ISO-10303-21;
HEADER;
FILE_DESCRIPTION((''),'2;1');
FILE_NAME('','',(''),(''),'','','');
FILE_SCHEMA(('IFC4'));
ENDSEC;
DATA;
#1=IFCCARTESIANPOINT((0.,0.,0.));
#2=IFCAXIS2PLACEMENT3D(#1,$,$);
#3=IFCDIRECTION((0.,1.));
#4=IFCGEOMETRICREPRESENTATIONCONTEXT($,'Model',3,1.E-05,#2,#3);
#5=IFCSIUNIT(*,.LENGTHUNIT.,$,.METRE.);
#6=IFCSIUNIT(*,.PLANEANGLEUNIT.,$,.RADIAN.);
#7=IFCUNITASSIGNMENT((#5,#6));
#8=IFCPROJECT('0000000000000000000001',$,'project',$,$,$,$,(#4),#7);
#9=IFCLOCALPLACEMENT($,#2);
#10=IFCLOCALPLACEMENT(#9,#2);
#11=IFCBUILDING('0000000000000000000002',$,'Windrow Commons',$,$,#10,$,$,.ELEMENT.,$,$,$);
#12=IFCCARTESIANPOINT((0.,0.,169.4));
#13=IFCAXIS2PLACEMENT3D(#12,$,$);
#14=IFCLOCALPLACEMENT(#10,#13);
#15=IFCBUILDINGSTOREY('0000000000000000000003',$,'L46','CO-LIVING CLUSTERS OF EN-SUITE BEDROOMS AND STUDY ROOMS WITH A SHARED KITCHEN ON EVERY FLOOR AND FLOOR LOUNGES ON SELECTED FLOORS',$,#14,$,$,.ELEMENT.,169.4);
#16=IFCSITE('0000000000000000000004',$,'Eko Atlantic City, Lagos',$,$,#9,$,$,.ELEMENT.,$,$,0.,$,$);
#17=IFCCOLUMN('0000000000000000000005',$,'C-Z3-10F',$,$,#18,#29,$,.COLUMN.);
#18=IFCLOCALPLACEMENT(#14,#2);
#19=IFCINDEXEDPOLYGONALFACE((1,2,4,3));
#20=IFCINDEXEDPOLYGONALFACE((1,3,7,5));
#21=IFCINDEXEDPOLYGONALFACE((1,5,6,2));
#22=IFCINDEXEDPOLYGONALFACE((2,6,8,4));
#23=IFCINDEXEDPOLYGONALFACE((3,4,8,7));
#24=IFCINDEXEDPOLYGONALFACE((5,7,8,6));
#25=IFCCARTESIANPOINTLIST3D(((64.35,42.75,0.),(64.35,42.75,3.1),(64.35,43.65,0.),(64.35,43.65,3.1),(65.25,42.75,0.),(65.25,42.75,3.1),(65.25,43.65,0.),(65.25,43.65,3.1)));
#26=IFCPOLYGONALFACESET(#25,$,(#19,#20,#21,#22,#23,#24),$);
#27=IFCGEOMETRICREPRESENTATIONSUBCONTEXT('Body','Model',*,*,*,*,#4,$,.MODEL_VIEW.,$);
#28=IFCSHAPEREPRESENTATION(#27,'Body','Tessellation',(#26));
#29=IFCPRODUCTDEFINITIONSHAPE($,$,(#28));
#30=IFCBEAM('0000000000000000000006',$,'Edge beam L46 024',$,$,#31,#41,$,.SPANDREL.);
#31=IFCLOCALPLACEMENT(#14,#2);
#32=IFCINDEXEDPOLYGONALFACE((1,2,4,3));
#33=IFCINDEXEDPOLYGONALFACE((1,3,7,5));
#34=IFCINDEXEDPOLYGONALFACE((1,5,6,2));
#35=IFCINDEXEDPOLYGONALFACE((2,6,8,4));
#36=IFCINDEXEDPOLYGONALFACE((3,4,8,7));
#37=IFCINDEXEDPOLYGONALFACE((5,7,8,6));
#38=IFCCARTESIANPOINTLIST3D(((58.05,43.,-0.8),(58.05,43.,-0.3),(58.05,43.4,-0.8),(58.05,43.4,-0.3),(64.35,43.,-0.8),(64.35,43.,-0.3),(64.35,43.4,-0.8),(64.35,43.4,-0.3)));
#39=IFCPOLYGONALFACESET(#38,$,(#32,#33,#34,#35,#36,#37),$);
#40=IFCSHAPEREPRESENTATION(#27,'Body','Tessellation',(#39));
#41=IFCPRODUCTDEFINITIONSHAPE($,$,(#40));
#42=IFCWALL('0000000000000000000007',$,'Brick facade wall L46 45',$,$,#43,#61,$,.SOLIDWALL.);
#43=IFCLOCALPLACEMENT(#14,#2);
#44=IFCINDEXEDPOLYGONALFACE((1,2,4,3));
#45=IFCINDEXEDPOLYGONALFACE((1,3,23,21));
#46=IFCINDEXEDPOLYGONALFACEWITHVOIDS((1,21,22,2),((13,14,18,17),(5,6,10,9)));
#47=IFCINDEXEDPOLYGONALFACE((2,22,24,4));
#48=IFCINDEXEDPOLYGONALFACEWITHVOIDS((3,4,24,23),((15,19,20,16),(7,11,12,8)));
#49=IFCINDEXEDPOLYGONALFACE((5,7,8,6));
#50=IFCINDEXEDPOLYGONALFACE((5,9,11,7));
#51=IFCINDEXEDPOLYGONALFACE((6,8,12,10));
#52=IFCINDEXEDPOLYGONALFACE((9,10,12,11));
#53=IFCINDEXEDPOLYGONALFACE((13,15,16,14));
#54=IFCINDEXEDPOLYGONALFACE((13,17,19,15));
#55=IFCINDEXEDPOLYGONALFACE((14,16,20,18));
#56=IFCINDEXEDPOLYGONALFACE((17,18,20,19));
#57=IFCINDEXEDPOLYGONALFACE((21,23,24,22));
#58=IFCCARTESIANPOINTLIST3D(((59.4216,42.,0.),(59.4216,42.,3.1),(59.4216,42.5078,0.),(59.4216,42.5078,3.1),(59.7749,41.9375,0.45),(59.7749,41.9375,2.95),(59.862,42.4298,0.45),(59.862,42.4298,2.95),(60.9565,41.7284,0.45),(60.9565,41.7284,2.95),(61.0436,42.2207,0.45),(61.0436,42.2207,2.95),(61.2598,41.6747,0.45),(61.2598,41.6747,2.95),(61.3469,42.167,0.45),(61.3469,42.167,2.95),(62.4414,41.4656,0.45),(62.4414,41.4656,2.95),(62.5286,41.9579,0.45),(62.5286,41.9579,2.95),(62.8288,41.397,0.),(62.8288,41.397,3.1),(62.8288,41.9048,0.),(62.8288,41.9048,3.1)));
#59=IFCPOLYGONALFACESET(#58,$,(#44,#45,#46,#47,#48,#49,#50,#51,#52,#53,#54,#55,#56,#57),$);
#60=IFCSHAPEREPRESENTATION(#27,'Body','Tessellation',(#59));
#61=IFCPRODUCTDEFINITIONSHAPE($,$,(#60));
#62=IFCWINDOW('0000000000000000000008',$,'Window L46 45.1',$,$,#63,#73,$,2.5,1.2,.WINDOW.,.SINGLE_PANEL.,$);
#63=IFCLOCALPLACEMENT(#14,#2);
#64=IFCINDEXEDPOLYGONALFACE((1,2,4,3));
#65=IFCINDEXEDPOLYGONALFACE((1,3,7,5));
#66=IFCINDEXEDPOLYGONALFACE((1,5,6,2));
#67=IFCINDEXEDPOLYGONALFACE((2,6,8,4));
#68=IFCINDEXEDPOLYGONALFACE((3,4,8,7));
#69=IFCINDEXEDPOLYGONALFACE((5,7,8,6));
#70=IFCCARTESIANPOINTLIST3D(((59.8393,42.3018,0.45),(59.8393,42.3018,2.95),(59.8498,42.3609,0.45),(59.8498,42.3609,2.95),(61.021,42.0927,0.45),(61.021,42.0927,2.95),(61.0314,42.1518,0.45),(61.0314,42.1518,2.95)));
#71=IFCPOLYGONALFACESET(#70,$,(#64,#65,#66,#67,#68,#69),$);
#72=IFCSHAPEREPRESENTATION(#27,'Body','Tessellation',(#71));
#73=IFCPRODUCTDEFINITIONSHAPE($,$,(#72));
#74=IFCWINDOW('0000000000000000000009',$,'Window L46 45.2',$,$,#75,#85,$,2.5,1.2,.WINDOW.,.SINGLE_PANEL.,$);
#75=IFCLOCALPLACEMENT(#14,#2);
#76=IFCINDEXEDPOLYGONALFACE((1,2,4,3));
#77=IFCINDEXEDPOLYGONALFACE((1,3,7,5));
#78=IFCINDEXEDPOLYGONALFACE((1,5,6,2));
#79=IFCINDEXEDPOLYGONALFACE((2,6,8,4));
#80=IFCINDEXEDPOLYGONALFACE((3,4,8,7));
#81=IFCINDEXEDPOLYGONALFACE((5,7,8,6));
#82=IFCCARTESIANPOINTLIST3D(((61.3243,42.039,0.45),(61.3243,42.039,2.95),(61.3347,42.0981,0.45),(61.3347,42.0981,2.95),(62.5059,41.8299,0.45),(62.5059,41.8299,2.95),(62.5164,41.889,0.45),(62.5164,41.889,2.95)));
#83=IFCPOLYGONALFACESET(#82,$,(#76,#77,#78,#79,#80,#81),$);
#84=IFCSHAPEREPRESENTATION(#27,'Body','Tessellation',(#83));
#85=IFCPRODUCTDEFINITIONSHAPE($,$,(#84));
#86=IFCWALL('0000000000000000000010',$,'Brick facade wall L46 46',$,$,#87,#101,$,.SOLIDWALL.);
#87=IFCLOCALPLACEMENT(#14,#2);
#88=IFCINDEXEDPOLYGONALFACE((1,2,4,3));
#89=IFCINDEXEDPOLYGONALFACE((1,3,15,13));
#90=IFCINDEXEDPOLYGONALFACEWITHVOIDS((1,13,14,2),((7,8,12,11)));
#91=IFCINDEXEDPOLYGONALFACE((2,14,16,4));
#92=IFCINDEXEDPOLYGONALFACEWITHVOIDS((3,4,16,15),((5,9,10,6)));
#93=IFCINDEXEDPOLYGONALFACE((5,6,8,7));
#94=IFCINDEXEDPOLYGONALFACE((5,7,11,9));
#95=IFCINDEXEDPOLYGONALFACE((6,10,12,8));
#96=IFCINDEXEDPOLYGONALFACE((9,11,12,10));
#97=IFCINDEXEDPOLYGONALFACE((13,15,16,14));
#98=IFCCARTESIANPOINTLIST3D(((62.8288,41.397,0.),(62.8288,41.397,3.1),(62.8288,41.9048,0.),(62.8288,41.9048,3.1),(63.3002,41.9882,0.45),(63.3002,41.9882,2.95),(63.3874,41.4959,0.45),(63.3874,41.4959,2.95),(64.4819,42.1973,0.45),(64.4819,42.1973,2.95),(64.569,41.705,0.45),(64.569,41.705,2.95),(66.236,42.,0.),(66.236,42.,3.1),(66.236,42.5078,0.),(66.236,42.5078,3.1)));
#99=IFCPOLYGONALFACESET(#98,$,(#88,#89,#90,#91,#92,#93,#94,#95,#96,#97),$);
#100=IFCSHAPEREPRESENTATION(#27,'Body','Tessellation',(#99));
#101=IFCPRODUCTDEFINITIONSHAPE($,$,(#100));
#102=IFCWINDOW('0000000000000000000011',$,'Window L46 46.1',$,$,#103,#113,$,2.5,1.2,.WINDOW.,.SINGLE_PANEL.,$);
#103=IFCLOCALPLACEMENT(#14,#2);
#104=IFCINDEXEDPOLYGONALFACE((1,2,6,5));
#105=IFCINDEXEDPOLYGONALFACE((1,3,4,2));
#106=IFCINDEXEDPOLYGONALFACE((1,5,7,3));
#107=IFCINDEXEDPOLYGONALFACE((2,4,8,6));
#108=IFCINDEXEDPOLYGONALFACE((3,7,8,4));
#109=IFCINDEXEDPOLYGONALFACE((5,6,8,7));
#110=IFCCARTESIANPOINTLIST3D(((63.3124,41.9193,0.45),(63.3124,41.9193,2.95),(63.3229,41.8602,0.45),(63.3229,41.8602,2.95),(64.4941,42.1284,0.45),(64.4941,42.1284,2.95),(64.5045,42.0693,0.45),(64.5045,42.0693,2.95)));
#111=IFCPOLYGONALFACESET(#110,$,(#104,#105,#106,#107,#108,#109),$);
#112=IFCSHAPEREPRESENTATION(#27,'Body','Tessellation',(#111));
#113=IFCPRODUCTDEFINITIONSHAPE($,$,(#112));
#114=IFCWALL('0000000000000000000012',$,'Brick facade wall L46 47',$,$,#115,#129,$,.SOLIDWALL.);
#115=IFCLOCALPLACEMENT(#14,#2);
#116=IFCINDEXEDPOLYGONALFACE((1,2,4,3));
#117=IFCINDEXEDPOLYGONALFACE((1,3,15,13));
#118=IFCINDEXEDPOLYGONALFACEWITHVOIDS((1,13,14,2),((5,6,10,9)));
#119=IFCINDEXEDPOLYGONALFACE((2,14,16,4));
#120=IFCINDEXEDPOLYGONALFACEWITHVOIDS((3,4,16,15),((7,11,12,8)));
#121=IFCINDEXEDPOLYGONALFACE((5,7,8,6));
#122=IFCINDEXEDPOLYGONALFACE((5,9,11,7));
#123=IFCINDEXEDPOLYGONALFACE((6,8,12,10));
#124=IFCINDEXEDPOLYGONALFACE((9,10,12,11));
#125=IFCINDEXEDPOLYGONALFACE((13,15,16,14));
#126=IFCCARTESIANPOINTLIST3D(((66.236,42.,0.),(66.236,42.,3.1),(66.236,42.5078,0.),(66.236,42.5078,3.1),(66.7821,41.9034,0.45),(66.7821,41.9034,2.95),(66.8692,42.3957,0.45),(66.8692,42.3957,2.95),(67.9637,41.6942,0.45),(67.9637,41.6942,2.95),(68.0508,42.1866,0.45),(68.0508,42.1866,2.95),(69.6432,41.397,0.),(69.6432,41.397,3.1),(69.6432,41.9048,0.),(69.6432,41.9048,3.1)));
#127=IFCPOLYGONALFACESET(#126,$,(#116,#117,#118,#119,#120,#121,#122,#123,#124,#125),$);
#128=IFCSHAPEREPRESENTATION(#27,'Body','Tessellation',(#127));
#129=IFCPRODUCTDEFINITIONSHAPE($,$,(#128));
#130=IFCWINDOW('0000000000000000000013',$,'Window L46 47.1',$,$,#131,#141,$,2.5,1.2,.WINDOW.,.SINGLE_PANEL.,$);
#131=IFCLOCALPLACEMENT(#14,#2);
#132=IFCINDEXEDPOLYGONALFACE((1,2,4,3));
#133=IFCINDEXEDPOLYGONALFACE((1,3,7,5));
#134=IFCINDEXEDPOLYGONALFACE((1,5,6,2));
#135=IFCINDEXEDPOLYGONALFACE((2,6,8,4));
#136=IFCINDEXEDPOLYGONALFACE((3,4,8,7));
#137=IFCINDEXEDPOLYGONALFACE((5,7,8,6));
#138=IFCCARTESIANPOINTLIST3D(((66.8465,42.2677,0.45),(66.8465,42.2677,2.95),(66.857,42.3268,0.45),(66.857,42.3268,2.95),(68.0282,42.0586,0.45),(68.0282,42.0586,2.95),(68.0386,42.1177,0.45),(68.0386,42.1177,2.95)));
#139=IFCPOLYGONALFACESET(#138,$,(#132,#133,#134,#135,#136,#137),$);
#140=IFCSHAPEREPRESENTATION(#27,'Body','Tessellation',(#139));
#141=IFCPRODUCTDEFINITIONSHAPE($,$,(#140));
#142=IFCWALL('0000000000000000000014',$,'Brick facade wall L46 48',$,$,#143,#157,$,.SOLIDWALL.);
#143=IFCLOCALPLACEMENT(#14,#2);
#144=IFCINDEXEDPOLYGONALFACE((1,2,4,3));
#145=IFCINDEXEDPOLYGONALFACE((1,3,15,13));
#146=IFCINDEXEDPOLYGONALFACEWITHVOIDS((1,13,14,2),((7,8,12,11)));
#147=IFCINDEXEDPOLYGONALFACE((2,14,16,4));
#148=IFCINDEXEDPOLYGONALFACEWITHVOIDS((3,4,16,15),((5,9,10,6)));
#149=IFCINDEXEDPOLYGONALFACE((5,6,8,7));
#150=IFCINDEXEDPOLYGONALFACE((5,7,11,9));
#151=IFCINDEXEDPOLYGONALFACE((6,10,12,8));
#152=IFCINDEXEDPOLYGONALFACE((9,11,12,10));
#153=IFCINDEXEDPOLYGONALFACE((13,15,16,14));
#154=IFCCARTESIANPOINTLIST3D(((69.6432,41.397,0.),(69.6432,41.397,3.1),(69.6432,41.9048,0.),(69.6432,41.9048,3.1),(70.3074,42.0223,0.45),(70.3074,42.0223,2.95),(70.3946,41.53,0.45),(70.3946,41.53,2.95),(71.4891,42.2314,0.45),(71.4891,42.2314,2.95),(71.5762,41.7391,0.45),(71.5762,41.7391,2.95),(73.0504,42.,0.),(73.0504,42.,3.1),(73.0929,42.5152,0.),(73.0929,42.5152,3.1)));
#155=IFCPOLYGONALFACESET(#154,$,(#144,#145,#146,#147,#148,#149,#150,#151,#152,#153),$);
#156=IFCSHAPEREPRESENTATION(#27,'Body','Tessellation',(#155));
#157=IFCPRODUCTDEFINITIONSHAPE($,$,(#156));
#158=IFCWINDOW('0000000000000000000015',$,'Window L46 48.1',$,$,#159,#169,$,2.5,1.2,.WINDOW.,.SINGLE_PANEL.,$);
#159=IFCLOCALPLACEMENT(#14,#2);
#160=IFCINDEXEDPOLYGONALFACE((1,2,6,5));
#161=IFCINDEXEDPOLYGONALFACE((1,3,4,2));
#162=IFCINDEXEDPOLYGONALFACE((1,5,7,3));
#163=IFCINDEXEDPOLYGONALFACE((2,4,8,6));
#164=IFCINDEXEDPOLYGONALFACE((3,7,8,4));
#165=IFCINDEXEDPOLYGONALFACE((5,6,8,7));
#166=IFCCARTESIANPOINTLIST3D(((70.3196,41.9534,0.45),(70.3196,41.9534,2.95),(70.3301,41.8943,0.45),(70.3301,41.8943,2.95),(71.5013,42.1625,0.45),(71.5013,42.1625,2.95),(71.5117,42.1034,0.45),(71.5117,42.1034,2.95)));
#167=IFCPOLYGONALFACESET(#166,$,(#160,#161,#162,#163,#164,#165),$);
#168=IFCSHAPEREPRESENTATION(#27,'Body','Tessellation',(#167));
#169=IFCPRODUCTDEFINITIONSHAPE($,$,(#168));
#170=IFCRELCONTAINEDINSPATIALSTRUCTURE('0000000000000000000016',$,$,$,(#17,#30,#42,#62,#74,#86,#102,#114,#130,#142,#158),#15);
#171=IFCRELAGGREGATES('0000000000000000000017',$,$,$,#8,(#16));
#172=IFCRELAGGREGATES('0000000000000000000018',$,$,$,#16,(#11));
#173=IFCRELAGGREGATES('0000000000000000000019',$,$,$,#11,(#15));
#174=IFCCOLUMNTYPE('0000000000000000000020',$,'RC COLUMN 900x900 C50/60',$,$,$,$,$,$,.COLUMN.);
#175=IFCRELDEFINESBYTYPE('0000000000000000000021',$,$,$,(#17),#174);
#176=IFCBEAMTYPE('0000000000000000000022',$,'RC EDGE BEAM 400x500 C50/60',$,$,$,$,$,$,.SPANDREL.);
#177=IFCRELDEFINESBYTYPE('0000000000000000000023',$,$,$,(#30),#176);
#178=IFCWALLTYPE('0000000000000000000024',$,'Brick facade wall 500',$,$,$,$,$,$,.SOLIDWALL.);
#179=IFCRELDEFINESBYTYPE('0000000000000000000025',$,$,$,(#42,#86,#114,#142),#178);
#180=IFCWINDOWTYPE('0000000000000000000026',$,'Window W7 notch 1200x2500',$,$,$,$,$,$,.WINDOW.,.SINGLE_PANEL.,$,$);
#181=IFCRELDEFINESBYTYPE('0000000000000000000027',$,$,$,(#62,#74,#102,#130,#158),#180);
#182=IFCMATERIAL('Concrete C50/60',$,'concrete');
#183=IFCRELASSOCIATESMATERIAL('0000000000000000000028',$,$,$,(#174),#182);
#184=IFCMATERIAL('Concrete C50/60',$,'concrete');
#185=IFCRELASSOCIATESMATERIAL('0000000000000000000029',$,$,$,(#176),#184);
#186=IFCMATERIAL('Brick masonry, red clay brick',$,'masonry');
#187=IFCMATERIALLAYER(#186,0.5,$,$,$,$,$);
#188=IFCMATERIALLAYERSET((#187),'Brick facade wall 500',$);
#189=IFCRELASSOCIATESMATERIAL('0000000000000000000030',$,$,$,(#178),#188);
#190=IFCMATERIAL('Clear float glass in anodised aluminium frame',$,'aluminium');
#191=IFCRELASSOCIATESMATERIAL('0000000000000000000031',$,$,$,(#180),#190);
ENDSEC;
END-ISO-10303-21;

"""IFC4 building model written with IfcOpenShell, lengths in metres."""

from ifc_helpers import new_model, si_unit, direction, frame, frame_2d, origin, origin_2d, place, context, subcontext, project, spatial, polyline, rectangle, outline, extrude, material, layer, layer_set, material_profile, profile_set, type_object, element, fill, save


model = new_model("IFC4")

# Units and contexts
model_context = context("Model", 3, precision=1e-05, world=origin(), true_north=direction((0.0, 1.0)))
body_context = subcontext(model_context, "Body", "Model", "MODEL_VIEW")
ifc_project = project(units=[si_unit("LENGTHUNIT", "METRE"), si_unit("PLANEANGLEUNIT", "RADIAN")], contexts=[model_context])

# Site, building, storey
site_placement = place(None, origin())
site = spatial("IfcSite", under=ifc_project, at=site_placement, Name="Eko Atlantic City, Lagos", CompositionType="ELEMENT", RefElevation=0.0)
building_placement = place(site_placement, origin())
building = spatial("IfcBuilding", under=site, at=building_placement, Name="Windrow Commons", CompositionType="ELEMENT")
storey_placement = place(building_placement, frame((0.0, 0.0, 169.4)))
storey = spatial("IfcBuildingStorey", under=building, at=storey_placement, Name="L46", Description="CO-LIVING CLUSTERS OF EN-SUITE BEDROOMS AND STUDY ROOMS WITH A SHARED KITCHEN ON EVERY FLOOR AND FLOOR LOUNGES ON SELECTED FLOORS", CompositionType="ELEMENT", Elevation=169.4)

# Column
ifc_material_1 = material(Name="Concrete C50/60", Category="concrete")
ifc_material_profile_1 = material_profile(ifc_material_1, rectangle(XDim=0.9, YDim=0.9, at=origin_2d()))
ifc_profile_set_1 = profile_set([ifc_material_profile_1], Name="Concrete C50/60")
column_type = type_object("IfcColumnType", Name="RC COLUMN 900x900 C50/60", PredefinedType="COLUMN", material=ifc_profile_set_1)
column_placement = place(storey_placement, frame((64.8, 43.2, 0.0), z_axis=(0.0, 0.0, 1.0), x_axis=(1.0, 0.0, 0.0)))
element("IfcColumn", 1, at=column_placement, inside=storey, type_object=column_type, Name="C-Z3-10F", PredefinedType="COLUMN", context=body_context, shape_type="SweptSolid", body=[
    extrude(rectangle(XDim=0.9, YDim=0.9, at=origin_2d()), origin(), (0.0, 0.0, 1.0), 3.1),
])

# Beam
ifc_material_2 = material(Name="Concrete C50/60", Category="concrete")
ifc_material_profile_2 = material_profile(ifc_material_2, rectangle(XDim=0.4, YDim=0.5, at=origin_2d()))
ifc_profile_set_2 = profile_set([ifc_material_profile_2], Name="Concrete C50/60")
beam_type = type_object("IfcBeamType", Name="RC EDGE BEAM 400x500 C50/60", PredefinedType="SPANDREL", material=ifc_profile_set_2)
beam_placement = place(storey_placement, frame((64.35, 43.2, -0.55), z_axis=(-1.0, 0.0, 0.0), x_axis=(0.0, -1.0, 0.0)))
element("IfcBeam", 2, at=beam_placement, inside=storey, type_object=beam_type, Name="Edge beam L46 024", PredefinedType="SPANDREL", context=body_context, shape_type="SweptSolid", body=[
    extrude(rectangle(XDim=0.4, YDim=0.5, at=origin_2d()), origin(), (0.0, 0.0, 1.0), 6.3),
])

# Wall, openings, windows
ifc_material_3 = material(Name="Brick masonry, red clay brick", Category="masonry")
ifc_layer_1 = layer(ifc_material_3, 0.5)
ifc_layer_set_1 = layer_set([ifc_layer_1], Name="Brick facade wall 500")
wall_type_1 = type_object("IfcWallType", Name="Brick facade wall 500", PredefinedType="SOLIDWALL", material=ifc_layer_set_1)
wall_1_placement = place(storey_placement, frame((59.4216, 42.2539, 0.0), z_axis=(0.0, 0.0, 1.0), x_axis=(0.984698, -0.17427, 0.0)))
wall_1 = element("IfcWall", 3, at=wall_1_placement, inside=storey, type_object=wall_type_1, Name="Brick facade wall L46 45", PredefinedType="SOLIDWALL", context=body_context, shape_type="SweptSolid", body=[
    extrude(outline(polyline([(0.0442, -0.25), (3.5044, -0.25), (3.4159, 0.25), (-0.0442, 0.25), (0.0442, -0.25)])), origin(), (0.0, 0.0, 1.0), 3.1),
])
opening_1_placement = place(wall_1_placement, frame((0.403, 0.0, 0.45)))
opening_1 = element("IfcOpeningElement", 4, at=opening_1_placement, cuts=wall_1, PredefinedType="OPENING", context=body_context, shape_type="SweptSolid", body=[
    extrude(rectangle(XDim=1.2, YDim=2.5, at=frame_2d((0.6, 1.25))), frame((0.0, 0.26, 0.0), z_axis=(0.0, -1.0, 0.0), x_axis=(1.0, 0.0, 0.0)), (0.0, 0.0, 1.0), 0.52),
])
opening_2_placement = place(wall_1_placement, frame((1.911, 0.0, 0.45)))
opening_2 = element("IfcOpeningElement", 5, at=opening_2_placement, cuts=wall_1, PredefinedType="OPENING", context=body_context, shape_type="SweptSolid", body=[
    extrude(rectangle(XDim=1.2, YDim=2.5, at=frame_2d((0.6, 1.25))), frame((0.0, 0.26, 0.0), z_axis=(0.0, -1.0, 0.0), x_axis=(1.0, 0.0, 0.0)), (0.0, 0.0, 1.0), 0.52),
])
ifc_material_4 = material(Name="Clear float glass in anodised aluminium frame", Category="aluminium")
window_type = type_object("IfcWindowType", Name="Window W7 notch 1200x2500", PartitioningType="SINGLE_PANEL", PredefinedType="WINDOW", material=ifc_material_4)
window_1_placement = place(opening_1_placement, origin())
window_1 = element("IfcWindow", 6, at=window_1_placement, inside=storey, type_object=window_type, Name="Window L46 45.1", OverallHeight=2.5, OverallWidth=1.2, PartitioningType="SINGLE_PANEL", PredefinedType="WINDOW", context=body_context, shape_type="SweptSolid", body=[
    extrude(rectangle(XDim=1.2, YDim=2.5, at=frame_2d((0.6, 1.25))), frame((0.0, 0.18, 0.0), z_axis=(0.0, -1.0, 0.0), x_axis=(1.0, 0.0, 0.0)), (0.0, 0.0, 1.0), 0.06),
])
fill(opening_1, window_1)
window_2_placement = place(opening_2_placement, origin())
window_2 = element("IfcWindow", 7, at=window_2_placement, inside=storey, type_object=window_type, Name="Window L46 45.2", OverallHeight=2.5, OverallWidth=1.2, PartitioningType="SINGLE_PANEL", PredefinedType="WINDOW", context=body_context, shape_type="SweptSolid", body=[
    extrude(rectangle(XDim=1.2, YDim=2.5, at=frame_2d((0.6, 1.25))), frame((0.0, 0.18, 0.0), z_axis=(0.0, -1.0, 0.0), x_axis=(1.0, 0.0, 0.0)), (0.0, 0.0, 1.0), 0.06),
])
fill(opening_2, window_2)

# Walls, openings, windows
wall_2_placement = place(storey_placement, frame((62.8288, 41.6509, 0.0), z_axis=(0.0, 0.0, 1.0), x_axis=(0.984698, 0.17427, 0.0)))
wall_2 = element("IfcWall", 8, at=wall_2_placement, inside=storey, type_object=wall_type_1, Name="Brick facade wall L46 46", PredefinedType="SOLIDWALL", context=body_context, shape_type="SweptSolid", body=[
    extrude(outline(polyline([(-0.0442, -0.25), (3.4159, -0.25), (3.5044, 0.25), (0.0442, 0.25), (-0.0442, -0.25)])), origin(), (0.0, 0.0, 1.0), 3.1),
])
opening_3_placement = place(wall_2_placement, frame((0.523, 0.0, 0.45)))
opening_3 = element("IfcOpeningElement", 9, at=opening_3_placement, cuts=wall_2, PredefinedType="OPENING", context=body_context, shape_type="SweptSolid", body=[
    extrude(rectangle(XDim=1.2, YDim=2.5, at=frame_2d((0.6, 1.25))), frame((0.0, 0.26, 0.0), z_axis=(0.0, -1.0, 0.0), x_axis=(1.0, 0.0, 0.0)), (0.0, 0.0, 1.0), 0.52),
])
window_3_placement = place(opening_3_placement, origin())
window_3 = element("IfcWindow", 10, at=window_3_placement, inside=storey, type_object=window_type, Name="Window L46 46.1", OverallHeight=2.5, OverallWidth=1.2, PartitioningType="SINGLE_PANEL", PredefinedType="WINDOW", context=body_context, shape_type="SweptSolid", body=[
    extrude(rectangle(XDim=1.2, YDim=2.5, at=frame_2d((0.6, 1.25))), frame((0.0, 0.18, 0.0), z_axis=(0.0, -1.0, 0.0), x_axis=(1.0, 0.0, 0.0)), (0.0, 0.0, 1.0), 0.06),
])
fill(opening_3, window_3)
wall_3_placement = place(storey_placement, frame((66.236, 42.2539, 0.0), z_axis=(0.0, 0.0, 1.0), x_axis=(0.984698, -0.17427, 0.0)))
wall_3 = element("IfcWall", 11, at=wall_3_placement, inside=storey, type_object=wall_type_1, Name="Brick facade wall L46 47", PredefinedType="SOLIDWALL", context=body_context, shape_type="SweptSolid", body=[
    extrude(outline(polyline([(0.0442, -0.25), (3.5044, -0.25), (3.4159, 0.25), (-0.0442, 0.25), (0.0442, -0.25)])), origin(), (0.0, 0.0, 1.0), 3.1),
])
opening_4_placement = place(wall_3_placement, frame((0.5988, 0.0, 0.45)))
opening_4 = element("IfcOpeningElement", 12, at=opening_4_placement, cuts=wall_3, PredefinedType="OPENING", context=body_context, shape_type="SweptSolid", body=[
    extrude(rectangle(XDim=1.2, YDim=2.5, at=frame_2d((0.6, 1.25))), frame((0.0, 0.26, 0.0), z_axis=(0.0, -1.0, 0.0), x_axis=(1.0, 0.0, 0.0)), (0.0, 0.0, 1.0), 0.52),
])
window_4_placement = place(opening_4_placement, origin())
window_4 = element("IfcWindow", 13, at=window_4_placement, inside=storey, type_object=window_type, Name="Window L46 47.1", OverallHeight=2.5, OverallWidth=1.2, PartitioningType="SINGLE_PANEL", PredefinedType="WINDOW", context=body_context, shape_type="SweptSolid", body=[
    extrude(rectangle(XDim=1.2, YDim=2.5, at=frame_2d((0.6, 1.25))), frame((0.0, 0.18, 0.0), z_axis=(0.0, -1.0, 0.0), x_axis=(1.0, 0.0, 0.0)), (0.0, 0.0, 1.0), 0.06),
])
fill(opening_4, window_4)
wall_4_placement = place(storey_placement, frame((69.6432, 41.6509, 0.0), z_axis=(0.0, 0.0, 1.0), x_axis=(0.9847, 0.174256, 0.0)))
wall_4 = element("IfcWall", 14, at=wall_4_placement, inside=storey, type_object=wall_type_1, Name="Brick facade wall L46 48", PredefinedType="SOLIDWALL", context=body_context, shape_type="SweptSolid", body=[
    extrude(outline(polyline([(-0.0442, -0.25), (3.4159, -0.25), (3.5475, 0.25), (0.0442, 0.25), (-0.0442, -0.25)])), origin(), (0.0, 0.0, 1.0), 3.1),
])
opening_5_placement = place(wall_4_placement, frame((0.7188, 0.0, 0.45)))
opening_5 = element("IfcOpeningElement", 15, at=opening_5_placement, cuts=wall_4, PredefinedType="OPENING", context=body_context, shape_type="SweptSolid", body=[
    extrude(rectangle(XDim=1.2, YDim=2.5, at=frame_2d((0.6, 1.25))), frame((0.0, 0.26, 0.0), z_axis=(0.0, -1.0, 0.0), x_axis=(1.0, 0.0, 0.0)), (0.0, 0.0, 1.0), 0.52),
])
window_5_placement = place(opening_5_placement, origin())
window_5 = element("IfcWindow", 16, at=window_5_placement, inside=storey, type_object=window_type, Name="Window L46 48.1", OverallHeight=2.5, OverallWidth=1.2, PartitioningType="SINGLE_PANEL", PredefinedType="WINDOW", context=body_context, shape_type="SweptSolid", body=[
    extrude(rectangle(XDim=1.2, YDim=2.5, at=frame_2d((0.6, 1.25))), frame((0.0, 0.18, 0.0), z_axis=(0.0, -1.0, 0.0), x_axis=(1.0, 0.0, 0.0)), (0.0, 0.0, 1.0), 0.06),
])
fill(opening_5, window_5)

save(model, "model.ifc")
